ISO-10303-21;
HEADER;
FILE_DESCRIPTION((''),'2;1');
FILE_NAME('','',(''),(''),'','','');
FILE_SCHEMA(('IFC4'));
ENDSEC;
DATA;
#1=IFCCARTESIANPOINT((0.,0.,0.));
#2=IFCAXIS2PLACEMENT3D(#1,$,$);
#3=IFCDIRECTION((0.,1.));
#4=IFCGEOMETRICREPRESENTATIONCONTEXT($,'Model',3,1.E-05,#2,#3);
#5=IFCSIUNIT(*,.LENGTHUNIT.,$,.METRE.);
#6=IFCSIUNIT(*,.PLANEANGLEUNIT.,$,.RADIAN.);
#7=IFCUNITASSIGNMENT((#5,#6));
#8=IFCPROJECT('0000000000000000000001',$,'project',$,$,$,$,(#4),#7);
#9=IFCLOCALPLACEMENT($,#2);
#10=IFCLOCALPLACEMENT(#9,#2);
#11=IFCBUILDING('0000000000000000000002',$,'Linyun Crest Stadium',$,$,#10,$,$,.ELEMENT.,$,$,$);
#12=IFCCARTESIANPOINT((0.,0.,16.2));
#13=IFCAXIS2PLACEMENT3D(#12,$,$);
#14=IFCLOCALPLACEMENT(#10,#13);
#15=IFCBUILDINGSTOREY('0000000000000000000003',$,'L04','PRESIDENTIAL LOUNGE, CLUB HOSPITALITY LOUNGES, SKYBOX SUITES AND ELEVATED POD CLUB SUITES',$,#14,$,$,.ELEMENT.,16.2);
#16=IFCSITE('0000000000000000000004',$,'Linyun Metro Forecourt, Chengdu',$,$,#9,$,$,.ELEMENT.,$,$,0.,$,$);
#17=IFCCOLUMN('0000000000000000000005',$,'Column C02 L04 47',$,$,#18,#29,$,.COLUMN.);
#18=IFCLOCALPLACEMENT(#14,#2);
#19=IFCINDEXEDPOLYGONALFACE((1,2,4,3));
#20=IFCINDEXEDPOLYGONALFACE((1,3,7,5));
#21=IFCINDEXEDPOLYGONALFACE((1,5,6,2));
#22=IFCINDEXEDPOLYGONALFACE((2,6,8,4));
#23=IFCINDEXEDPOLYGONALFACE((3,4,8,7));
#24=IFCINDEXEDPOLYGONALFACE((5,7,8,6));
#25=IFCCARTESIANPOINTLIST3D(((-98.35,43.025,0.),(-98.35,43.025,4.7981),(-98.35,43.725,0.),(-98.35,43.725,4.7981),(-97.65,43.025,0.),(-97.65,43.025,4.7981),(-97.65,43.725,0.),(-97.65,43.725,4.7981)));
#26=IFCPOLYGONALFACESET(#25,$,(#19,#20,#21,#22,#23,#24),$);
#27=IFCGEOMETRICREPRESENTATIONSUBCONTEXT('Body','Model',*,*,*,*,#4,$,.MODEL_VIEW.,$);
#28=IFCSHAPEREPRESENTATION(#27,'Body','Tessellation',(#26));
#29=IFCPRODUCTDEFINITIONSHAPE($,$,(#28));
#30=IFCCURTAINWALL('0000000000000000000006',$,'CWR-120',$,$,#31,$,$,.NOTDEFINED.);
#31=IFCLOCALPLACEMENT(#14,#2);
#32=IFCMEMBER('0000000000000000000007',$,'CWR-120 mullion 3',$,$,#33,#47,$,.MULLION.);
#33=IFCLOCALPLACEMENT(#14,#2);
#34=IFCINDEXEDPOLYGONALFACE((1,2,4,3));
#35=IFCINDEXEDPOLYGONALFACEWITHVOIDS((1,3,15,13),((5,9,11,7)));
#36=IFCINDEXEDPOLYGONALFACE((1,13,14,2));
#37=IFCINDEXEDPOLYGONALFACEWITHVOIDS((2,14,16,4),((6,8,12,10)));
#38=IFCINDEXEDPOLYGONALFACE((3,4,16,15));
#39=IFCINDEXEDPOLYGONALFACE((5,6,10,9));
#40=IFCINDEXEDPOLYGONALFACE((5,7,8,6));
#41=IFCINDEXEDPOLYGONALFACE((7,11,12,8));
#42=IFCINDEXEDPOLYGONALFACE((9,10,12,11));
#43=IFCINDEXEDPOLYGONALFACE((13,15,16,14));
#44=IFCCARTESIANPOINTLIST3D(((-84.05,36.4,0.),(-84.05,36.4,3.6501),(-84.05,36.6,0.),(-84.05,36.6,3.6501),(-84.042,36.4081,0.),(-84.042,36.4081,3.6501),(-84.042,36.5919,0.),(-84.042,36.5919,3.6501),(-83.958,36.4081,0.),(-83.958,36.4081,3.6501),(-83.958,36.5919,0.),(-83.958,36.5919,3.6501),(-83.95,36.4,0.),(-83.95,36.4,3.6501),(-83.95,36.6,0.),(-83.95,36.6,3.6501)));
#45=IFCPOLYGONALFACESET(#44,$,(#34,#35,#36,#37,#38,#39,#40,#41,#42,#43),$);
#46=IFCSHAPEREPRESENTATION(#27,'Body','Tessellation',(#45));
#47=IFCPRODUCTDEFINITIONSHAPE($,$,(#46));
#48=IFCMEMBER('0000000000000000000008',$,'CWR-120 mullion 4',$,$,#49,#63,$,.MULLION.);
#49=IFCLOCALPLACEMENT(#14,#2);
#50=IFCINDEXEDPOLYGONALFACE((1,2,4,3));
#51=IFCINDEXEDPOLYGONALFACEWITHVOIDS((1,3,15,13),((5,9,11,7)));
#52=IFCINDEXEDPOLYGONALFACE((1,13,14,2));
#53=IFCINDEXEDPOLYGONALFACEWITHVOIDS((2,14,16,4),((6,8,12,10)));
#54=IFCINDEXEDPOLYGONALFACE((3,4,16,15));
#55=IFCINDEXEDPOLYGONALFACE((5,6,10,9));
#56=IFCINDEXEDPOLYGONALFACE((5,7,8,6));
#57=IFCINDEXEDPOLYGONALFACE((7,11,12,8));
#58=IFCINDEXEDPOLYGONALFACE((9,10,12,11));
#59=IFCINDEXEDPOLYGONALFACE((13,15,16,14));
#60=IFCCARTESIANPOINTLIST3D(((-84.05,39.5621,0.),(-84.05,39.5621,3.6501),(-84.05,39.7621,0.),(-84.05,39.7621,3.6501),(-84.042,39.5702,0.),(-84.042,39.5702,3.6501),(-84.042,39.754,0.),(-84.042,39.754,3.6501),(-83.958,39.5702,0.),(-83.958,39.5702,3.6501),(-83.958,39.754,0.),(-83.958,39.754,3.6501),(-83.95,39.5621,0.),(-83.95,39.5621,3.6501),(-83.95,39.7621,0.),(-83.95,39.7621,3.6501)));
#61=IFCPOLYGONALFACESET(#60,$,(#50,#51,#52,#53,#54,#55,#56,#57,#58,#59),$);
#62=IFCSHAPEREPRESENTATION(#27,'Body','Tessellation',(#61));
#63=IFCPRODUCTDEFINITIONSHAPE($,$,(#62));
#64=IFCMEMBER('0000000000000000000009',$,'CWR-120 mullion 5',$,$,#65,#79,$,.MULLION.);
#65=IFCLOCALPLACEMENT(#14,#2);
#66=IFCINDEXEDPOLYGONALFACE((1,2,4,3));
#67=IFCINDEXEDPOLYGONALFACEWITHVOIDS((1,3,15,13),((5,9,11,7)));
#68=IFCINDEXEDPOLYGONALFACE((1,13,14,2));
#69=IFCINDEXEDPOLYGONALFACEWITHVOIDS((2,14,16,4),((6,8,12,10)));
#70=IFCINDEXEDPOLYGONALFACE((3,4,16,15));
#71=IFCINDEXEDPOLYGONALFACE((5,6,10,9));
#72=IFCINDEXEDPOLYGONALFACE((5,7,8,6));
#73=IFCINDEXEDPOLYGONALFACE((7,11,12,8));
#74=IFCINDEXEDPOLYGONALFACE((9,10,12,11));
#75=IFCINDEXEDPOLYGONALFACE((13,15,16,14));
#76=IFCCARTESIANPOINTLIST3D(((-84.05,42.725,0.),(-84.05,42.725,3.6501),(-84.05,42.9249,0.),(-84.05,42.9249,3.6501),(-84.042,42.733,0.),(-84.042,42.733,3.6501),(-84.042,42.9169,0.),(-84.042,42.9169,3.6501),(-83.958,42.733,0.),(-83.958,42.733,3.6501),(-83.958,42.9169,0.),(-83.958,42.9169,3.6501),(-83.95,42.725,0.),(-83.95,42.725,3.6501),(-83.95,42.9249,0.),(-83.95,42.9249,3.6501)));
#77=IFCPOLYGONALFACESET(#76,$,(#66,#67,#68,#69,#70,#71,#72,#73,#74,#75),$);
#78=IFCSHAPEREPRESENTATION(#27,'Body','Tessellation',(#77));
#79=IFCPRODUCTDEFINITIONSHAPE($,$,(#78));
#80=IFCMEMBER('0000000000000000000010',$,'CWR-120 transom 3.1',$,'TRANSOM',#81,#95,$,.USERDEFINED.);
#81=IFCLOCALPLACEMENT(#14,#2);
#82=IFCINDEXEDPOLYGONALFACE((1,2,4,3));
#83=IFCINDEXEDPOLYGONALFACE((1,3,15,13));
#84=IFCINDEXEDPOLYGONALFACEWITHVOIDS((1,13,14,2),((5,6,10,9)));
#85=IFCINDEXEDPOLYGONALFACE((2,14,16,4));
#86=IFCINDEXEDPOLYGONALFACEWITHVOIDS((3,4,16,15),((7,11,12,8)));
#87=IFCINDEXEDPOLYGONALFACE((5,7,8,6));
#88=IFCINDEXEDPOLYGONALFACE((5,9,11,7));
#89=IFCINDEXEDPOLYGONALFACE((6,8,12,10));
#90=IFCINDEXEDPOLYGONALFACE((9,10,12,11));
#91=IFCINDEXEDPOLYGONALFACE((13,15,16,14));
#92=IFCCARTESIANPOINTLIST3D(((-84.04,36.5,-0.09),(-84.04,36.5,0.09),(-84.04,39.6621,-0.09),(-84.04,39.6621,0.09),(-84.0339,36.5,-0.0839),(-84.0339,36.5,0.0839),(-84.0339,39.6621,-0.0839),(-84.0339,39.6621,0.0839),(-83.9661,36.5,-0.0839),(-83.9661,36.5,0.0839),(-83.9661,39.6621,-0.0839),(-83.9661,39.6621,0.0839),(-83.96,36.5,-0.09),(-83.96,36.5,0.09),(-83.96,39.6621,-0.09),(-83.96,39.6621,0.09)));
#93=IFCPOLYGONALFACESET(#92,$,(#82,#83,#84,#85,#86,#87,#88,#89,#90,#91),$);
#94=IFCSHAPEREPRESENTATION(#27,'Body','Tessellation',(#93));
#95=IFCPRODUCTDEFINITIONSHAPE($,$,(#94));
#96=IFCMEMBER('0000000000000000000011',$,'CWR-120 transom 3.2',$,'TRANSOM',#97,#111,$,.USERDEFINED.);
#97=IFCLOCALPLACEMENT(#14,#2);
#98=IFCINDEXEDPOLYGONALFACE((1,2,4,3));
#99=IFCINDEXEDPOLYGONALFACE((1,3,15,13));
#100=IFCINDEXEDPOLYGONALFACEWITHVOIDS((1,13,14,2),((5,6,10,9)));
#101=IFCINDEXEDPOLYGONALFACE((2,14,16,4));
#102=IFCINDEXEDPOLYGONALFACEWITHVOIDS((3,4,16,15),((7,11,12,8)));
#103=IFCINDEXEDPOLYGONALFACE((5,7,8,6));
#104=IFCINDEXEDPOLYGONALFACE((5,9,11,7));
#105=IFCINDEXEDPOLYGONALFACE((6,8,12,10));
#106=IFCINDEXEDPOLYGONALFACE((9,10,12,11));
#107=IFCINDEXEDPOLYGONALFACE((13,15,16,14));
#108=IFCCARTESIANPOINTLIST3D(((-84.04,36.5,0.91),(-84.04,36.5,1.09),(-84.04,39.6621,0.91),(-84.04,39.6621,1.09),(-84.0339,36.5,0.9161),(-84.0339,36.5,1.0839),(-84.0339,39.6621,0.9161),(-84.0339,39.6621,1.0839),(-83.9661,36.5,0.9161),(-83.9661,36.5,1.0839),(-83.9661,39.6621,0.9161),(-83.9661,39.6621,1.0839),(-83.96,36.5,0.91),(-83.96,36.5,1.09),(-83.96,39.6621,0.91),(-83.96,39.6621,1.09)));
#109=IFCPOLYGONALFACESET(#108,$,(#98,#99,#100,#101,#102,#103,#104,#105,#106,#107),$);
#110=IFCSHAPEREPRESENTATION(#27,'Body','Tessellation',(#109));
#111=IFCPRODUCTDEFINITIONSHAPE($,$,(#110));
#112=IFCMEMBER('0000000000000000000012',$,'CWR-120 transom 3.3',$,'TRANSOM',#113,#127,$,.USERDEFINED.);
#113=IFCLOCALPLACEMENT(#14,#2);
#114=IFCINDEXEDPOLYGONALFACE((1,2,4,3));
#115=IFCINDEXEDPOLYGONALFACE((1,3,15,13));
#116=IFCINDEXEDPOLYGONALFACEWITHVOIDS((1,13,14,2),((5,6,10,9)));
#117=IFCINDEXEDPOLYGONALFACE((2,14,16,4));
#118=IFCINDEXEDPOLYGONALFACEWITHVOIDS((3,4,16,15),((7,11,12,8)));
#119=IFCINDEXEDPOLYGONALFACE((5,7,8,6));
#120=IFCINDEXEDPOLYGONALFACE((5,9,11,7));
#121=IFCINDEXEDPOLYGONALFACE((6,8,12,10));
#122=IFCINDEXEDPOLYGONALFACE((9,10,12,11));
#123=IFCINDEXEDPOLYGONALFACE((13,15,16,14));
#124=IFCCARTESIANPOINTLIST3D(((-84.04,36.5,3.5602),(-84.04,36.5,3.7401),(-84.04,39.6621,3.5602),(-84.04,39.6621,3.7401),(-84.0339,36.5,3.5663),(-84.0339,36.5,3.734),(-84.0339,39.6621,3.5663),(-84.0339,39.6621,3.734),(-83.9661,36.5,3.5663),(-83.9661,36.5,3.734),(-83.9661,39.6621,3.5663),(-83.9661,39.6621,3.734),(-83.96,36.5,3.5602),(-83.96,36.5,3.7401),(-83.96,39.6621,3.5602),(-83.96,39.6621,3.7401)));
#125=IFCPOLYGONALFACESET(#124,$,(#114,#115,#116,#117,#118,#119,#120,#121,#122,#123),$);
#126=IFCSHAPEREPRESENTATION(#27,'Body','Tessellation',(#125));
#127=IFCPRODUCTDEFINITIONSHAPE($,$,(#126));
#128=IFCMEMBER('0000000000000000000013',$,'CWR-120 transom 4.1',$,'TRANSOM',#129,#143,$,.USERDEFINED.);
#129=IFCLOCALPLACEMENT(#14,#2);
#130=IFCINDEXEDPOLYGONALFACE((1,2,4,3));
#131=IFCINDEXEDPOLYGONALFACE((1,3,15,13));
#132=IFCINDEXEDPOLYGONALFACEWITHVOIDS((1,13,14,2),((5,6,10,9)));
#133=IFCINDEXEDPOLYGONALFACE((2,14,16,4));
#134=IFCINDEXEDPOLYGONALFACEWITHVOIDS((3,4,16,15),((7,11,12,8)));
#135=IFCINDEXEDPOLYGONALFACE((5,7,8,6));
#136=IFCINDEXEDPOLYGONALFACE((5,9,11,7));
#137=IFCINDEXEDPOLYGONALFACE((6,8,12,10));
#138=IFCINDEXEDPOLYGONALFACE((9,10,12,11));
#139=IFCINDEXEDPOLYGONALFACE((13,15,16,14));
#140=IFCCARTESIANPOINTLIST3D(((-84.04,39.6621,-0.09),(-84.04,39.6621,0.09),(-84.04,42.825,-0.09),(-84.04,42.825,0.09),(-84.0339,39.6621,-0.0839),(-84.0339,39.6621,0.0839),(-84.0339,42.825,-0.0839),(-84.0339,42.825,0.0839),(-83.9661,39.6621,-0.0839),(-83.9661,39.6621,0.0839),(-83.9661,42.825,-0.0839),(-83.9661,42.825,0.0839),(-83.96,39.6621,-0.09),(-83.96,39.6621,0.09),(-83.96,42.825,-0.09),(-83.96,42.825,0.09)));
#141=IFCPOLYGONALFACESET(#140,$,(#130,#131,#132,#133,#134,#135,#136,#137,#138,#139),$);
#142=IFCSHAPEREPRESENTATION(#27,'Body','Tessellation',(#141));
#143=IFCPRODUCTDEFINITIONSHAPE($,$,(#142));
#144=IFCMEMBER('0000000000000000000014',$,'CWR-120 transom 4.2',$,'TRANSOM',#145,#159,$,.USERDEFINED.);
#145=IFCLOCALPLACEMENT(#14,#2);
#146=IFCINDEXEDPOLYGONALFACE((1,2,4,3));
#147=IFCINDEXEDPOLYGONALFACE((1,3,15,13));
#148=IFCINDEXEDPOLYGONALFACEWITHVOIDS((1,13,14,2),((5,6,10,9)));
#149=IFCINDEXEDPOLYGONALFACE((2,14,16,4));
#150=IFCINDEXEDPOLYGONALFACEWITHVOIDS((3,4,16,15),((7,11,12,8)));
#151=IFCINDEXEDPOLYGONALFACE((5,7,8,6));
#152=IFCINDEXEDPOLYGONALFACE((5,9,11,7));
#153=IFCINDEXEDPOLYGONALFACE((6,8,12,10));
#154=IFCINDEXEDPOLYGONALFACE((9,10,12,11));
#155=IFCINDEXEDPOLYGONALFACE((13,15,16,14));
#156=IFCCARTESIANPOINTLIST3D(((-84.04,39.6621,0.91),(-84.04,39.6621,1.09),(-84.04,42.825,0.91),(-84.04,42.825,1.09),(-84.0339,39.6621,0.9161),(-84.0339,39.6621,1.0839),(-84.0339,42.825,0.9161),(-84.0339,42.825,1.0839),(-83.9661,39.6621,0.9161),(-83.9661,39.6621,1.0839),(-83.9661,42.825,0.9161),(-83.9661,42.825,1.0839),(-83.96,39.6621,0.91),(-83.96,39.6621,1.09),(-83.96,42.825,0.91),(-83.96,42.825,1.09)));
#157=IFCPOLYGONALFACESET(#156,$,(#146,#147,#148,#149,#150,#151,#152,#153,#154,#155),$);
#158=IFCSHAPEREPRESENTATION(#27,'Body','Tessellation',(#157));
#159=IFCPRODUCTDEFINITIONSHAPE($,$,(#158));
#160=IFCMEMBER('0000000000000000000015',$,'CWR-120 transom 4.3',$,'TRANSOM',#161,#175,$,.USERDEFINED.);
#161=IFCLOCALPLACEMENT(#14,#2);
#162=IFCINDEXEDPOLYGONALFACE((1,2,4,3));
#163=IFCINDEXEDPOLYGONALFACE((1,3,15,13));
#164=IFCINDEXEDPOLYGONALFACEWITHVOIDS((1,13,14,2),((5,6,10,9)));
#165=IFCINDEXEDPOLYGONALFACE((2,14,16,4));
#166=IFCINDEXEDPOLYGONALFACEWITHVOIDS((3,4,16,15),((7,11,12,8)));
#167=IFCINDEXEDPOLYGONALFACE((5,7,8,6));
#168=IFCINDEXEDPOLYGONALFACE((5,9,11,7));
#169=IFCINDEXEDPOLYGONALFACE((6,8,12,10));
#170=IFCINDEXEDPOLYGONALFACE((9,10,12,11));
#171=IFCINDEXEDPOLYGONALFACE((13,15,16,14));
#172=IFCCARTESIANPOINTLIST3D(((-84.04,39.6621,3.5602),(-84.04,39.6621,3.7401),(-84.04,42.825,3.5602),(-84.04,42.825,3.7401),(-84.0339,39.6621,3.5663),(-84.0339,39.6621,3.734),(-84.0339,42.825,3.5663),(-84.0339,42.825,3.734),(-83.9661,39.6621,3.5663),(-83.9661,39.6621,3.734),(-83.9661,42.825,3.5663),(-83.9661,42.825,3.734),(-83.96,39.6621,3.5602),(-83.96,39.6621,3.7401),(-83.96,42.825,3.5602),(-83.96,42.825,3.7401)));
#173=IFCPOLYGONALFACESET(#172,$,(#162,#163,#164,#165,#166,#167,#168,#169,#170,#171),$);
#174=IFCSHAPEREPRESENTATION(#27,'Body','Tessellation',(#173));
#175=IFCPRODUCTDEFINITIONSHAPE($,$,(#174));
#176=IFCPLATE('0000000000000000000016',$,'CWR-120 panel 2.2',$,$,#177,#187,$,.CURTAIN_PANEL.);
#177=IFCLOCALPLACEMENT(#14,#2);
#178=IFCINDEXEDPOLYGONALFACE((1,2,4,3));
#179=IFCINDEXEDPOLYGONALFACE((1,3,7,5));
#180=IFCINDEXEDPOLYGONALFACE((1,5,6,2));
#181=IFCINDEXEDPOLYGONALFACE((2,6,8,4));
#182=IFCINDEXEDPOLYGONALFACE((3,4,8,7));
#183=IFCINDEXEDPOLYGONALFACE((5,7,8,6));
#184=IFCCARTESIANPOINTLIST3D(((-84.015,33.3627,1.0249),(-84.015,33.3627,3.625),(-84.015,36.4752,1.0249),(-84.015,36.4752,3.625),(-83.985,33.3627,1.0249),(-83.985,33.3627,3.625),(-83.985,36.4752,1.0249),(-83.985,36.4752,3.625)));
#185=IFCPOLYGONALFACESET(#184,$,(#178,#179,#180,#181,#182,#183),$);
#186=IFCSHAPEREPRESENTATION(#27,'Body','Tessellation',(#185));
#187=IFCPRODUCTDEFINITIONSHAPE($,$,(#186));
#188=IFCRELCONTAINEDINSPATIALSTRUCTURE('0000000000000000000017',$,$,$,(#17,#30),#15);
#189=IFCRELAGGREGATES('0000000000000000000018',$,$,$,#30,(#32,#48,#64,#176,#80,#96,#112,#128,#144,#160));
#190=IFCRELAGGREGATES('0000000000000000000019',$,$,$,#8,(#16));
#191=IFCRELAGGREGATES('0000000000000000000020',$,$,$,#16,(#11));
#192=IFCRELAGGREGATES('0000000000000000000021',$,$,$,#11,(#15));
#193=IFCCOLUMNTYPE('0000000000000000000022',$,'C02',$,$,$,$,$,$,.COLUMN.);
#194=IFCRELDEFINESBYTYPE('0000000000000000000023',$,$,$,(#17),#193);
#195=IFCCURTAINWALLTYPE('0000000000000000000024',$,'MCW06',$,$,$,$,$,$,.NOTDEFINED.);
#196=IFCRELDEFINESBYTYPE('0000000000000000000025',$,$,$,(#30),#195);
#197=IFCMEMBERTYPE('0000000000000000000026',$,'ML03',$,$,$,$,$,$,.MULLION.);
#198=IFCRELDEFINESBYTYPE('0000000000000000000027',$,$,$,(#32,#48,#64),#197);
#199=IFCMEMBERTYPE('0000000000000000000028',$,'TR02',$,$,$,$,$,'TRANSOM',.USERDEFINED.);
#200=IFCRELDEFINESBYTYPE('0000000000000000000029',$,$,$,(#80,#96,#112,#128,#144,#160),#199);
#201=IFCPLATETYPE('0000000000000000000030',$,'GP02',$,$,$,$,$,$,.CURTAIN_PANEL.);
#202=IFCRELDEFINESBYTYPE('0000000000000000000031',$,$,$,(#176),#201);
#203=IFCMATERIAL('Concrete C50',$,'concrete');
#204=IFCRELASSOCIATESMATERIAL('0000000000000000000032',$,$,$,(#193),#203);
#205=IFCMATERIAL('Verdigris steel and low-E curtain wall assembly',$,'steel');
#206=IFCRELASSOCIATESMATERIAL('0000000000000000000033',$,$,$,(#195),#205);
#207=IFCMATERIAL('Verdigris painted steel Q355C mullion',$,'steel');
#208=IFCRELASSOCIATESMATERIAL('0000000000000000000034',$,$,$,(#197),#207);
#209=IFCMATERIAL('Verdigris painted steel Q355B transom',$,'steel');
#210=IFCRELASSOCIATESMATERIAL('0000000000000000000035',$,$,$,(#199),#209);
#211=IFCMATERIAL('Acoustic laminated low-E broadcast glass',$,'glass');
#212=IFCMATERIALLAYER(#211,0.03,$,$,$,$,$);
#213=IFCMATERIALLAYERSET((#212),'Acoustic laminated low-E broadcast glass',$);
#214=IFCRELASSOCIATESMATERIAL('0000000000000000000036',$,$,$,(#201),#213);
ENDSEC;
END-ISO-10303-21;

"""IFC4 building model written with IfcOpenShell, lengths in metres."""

from ifc_helpers import new_model, si_unit, direction, frame, origin, origin_2d, place, context, subcontext, project, spatial, rectangle, hollow_rectangle, extrude, material, layer, layer_set, material_profile, profile_set, type_object, element, aggregate, save


model = new_model("IFC4")

# Units and contexts
model_context = context("Model", 3, precision=1e-05, world=origin(), true_north=direction((0.0, 1.0)))
body_context = subcontext(model_context, "Body", "Model", "MODEL_VIEW")
ifc_project = project(units=[si_unit("LENGTHUNIT", "METRE"), si_unit("PLANEANGLEUNIT", "RADIAN")], contexts=[model_context])

# Site, building, storey
site_placement = place(None, origin())
site = spatial("IfcSite", under=ifc_project, at=site_placement, Name="Linyun Metro Forecourt, Chengdu", CompositionType="ELEMENT", RefElevation=0.0)
building_placement = place(site_placement, origin())
building = spatial("IfcBuilding", under=site, at=building_placement, Name="Linyun Crest Stadium", CompositionType="ELEMENT")
storey_placement = place(building_placement, frame((0.0, 0.0, 16.2)))
storey = spatial("IfcBuildingStorey", under=building, at=storey_placement, Name="L04", Description="PRESIDENTIAL LOUNGE, CLUB HOSPITALITY LOUNGES, SKYBOX SUITES AND ELEVATED POD CLUB SUITES", CompositionType="ELEMENT", Elevation=16.2)

# Column
ifc_material_1 = material(Name="Concrete C50", Category="concrete")
ifc_material_profile_1 = material_profile(ifc_material_1, rectangle(XDim=0.7, YDim=0.7, at=origin_2d()), Name="RC 700x700")
ifc_profile_set_1 = profile_set([ifc_material_profile_1], Name="Concrete C50")
column_type = type_object("IfcColumnType", Name="C02", PredefinedType="COLUMN", material=ifc_profile_set_1)
column_placement = place(storey_placement, frame((-98.0, 43.375, 0.0), z_axis=(0.0, 0.0, 1.0), x_axis=(1.0, 0.0, 0.0)))
element("IfcColumn", 1, at=column_placement, inside=storey, type_object=column_type, Name="Column C02 L04 47", PredefinedType="COLUMN", context=body_context, shape_type="SweptSolid", body=[
    extrude(rectangle(XDim=0.7, YDim=0.7, at=origin_2d()), origin(), (0.0, 0.0, 1.0), 4.7981),
])

# Curtain wall, members, plate
ifc_material_2 = material(Name="Verdigris steel and low-E curtain wall assembly", Category="steel")
curtain_wall_type = type_object("IfcCurtainWallType", Name="MCW06", PredefinedType="NOTDEFINED", material=ifc_material_2)
curtain_wall_placement = place(storey_placement, origin())
curtain_wall = element("IfcCurtainWall", 2, at=curtain_wall_placement, inside=storey, type_object=curtain_wall_type, Name="CWR-120", PredefinedType="NOTDEFINED")
ifc_material_3 = material(Name="Verdigris painted steel Q355C mullion", Category="steel")
ifc_material_profile_2 = material_profile(ifc_material_3, hollow_rectangle(XDim=0.1001, YDim=0.2, WallThickness=0.0081, at=origin_2d()), Name="RHS 200x100x8")
ifc_profile_set_2 = profile_set([ifc_material_profile_2], Name="Verdigris painted steel Q355C mullion")
member_type_1 = type_object("IfcMemberType", Name="ML03", PredefinedType="MULLION", material=ifc_profile_set_2)
member_1_placement = place(storey_placement, frame((-84.0, 36.5, 0.0), z_axis=(0.0, 0.0, 1.0), x_axis=(-1.0, 0.0, 0.0)))
member_1 = element("IfcMember", 3, at=member_1_placement, type_object=member_type_1, Name="CWR-120 mullion 3", PredefinedType="MULLION", context=body_context, shape_type="SweptSolid", body=[
    extrude(hollow_rectangle(XDim=0.1001, YDim=0.2, WallThickness=0.0081, at=origin_2d()), origin(), (0.0, 0.0, 1.0), 3.6501),
])
member_2_placement = place(storey_placement, frame((-84.0, 39.6621, 0.0), z_axis=(0.0, 0.0, 1.0), x_axis=(-1.0, 0.0, 0.0)))
member_2 = element("IfcMember", 4, at=member_2_placement, type_object=member_type_1, Name="CWR-120 mullion 4", PredefinedType="MULLION", context=body_context, shape_type="SweptSolid", body=[
    extrude(hollow_rectangle(XDim=0.1001, YDim=0.2, WallThickness=0.0081, at=origin_2d()), origin(), (0.0, 0.0, 1.0), 3.6501),
])
member_3_placement = place(storey_placement, frame((-84.0, 42.825, 0.0), z_axis=(0.0, 0.0, 1.0), x_axis=(-1.0, 0.0, 0.0)))
member_3 = element("IfcMember", 5, at=member_3_placement, type_object=member_type_1, Name="CWR-120 mullion 5", PredefinedType="MULLION", context=body_context, shape_type="SweptSolid", body=[
    extrude(hollow_rectangle(XDim=0.1001, YDim=0.2, WallThickness=0.0081, at=origin_2d()), origin(), (0.0, 0.0, 1.0), 3.6501),
])
ifc_material_4 = material(Name="Verdigris painted steel Q355B transom", Category="steel")
ifc_material_profile_3 = material_profile(ifc_material_4, hollow_rectangle(XDim=0.0801, YDim=0.1799, WallThickness=0.0061, at=origin_2d()), Name="RHS 180x80x6")
ifc_profile_set_3 = profile_set([ifc_material_profile_3], Name="Verdigris painted steel Q355B transom")
member_type_2 = type_object("IfcMemberType", Name="TR02", ElementType="TRANSOM", PredefinedType="USERDEFINED", material=ifc_profile_set_3)
member_4_placement = place(storey_placement, frame((-84.0, 36.5, 0.0), z_axis=(0.0, 1.0, 0.0), x_axis=(-1.0, 0.0, 0.0)))
member_4 = element("IfcMember", 6, at=member_4_placement, type_object=member_type_2, Name="CWR-120 transom 3.1", ObjectType="TRANSOM", PredefinedType="USERDEFINED", context=body_context, shape_type="SweptSolid", body=[
    extrude(hollow_rectangle(XDim=0.0801, YDim=0.1799, WallThickness=0.0061, at=origin_2d()), origin(), (0.0, 0.0, 1.0), 3.1621),
])
member_5_placement = place(storey_placement, frame((-84.0, 36.5, 1.0), z_axis=(0.0, 1.0, 0.0), x_axis=(-1.0, 0.0, 0.0)))
member_5 = element("IfcMember", 7, at=member_5_placement, type_object=member_type_2, Name="CWR-120 transom 3.2", ObjectType="TRANSOM", PredefinedType="USERDEFINED", context=body_context, shape_type="SweptSolid", body=[
    extrude(hollow_rectangle(XDim=0.0801, YDim=0.1799, WallThickness=0.0061, at=origin_2d()), origin(), (0.0, 0.0, 1.0), 3.1621),
])
member_6_placement = place(storey_placement, frame((-84.0, 36.5, 3.6501), z_axis=(0.0, 1.0, 0.0), x_axis=(-1.0, 0.0, 0.0)))
member_6 = element("IfcMember", 8, at=member_6_placement, type_object=member_type_2, Name="CWR-120 transom 3.3", ObjectType="TRANSOM", PredefinedType="USERDEFINED", context=body_context, shape_type="SweptSolid", body=[
    extrude(hollow_rectangle(XDim=0.0801, YDim=0.1799, WallThickness=0.0061, at=origin_2d()), origin(), (0.0, 0.0, 1.0), 3.1621),
])
member_7_placement = place(storey_placement, frame((-84.0, 39.6621, 0.0), z_axis=(0.0, 1.0, 0.0), x_axis=(-1.0, 0.0, 0.0)))
member_7 = element("IfcMember", 9, at=member_7_placement, type_object=member_type_2, Name="CWR-120 transom 4.1", ObjectType="TRANSOM", PredefinedType="USERDEFINED", context=body_context, shape_type="SweptSolid", body=[
    extrude(hollow_rectangle(XDim=0.0801, YDim=0.1799, WallThickness=0.0061, at=origin_2d()), origin(), (0.0, 0.0, 1.0), 3.1628),
])
member_8_placement = place(storey_placement, frame((-84.0, 39.6621, 1.0), z_axis=(0.0, 1.0, 0.0), x_axis=(-1.0, 0.0, 0.0)))
member_8 = element("IfcMember", 10, at=member_8_placement, type_object=member_type_2, Name="CWR-120 transom 4.2", ObjectType="TRANSOM", PredefinedType="USERDEFINED", context=body_context, shape_type="SweptSolid", body=[
    extrude(hollow_rectangle(XDim=0.0801, YDim=0.1799, WallThickness=0.0061, at=origin_2d()), origin(), (0.0, 0.0, 1.0), 3.1628),
])
member_9_placement = place(storey_placement, frame((-84.0, 39.6621, 3.6501), z_axis=(0.0, 1.0, 0.0), x_axis=(-1.0, 0.0, 0.0)))
member_9 = element("IfcMember", 11, at=member_9_placement, type_object=member_type_2, Name="CWR-120 transom 4.3", ObjectType="TRANSOM", PredefinedType="USERDEFINED", context=body_context, shape_type="SweptSolid", body=[
    extrude(hollow_rectangle(XDim=0.0801, YDim=0.1799, WallThickness=0.0061, at=origin_2d()), origin(), (0.0, 0.0, 1.0), 3.1628),
])
ifc_material_5 = material(Name="Acoustic laminated low-E broadcast glass", Category="glass")
ifc_layer_1 = layer(ifc_material_5, 0.03)
ifc_layer_set_1 = layer_set([ifc_layer_1], Name="Acoustic laminated low-E broadcast glass")
plate_type_1 = type_object("IfcPlateType", Name="GP02", PredefinedType="CURTAIN_PANEL", material=ifc_layer_set_1)
plate_1_placement = place(storey_placement, frame((-84.0, 34.9189, 1.0249), z_axis=(0.0, 0.0, 1.0), x_axis=(0.0, 1.0, 0.0)))
plate_1 = element("IfcPlate", 12, at=plate_1_placement, type_object=plate_type_1, Name="CWR-120 panel 2.2", PredefinedType="CURTAIN_PANEL", context=body_context, shape_type="SweptSolid", body=[
    extrude(rectangle(XDim=3.1125, YDim=0.03, at=origin_2d()), origin(), (0.0, 0.0, 1.0), 2.6001),
])
aggregate(curtain_wall, [member_1, member_2, member_3, plate_1, member_4, member_5, member_6, member_7, member_8, member_9])

save(model, "model.ifc")
